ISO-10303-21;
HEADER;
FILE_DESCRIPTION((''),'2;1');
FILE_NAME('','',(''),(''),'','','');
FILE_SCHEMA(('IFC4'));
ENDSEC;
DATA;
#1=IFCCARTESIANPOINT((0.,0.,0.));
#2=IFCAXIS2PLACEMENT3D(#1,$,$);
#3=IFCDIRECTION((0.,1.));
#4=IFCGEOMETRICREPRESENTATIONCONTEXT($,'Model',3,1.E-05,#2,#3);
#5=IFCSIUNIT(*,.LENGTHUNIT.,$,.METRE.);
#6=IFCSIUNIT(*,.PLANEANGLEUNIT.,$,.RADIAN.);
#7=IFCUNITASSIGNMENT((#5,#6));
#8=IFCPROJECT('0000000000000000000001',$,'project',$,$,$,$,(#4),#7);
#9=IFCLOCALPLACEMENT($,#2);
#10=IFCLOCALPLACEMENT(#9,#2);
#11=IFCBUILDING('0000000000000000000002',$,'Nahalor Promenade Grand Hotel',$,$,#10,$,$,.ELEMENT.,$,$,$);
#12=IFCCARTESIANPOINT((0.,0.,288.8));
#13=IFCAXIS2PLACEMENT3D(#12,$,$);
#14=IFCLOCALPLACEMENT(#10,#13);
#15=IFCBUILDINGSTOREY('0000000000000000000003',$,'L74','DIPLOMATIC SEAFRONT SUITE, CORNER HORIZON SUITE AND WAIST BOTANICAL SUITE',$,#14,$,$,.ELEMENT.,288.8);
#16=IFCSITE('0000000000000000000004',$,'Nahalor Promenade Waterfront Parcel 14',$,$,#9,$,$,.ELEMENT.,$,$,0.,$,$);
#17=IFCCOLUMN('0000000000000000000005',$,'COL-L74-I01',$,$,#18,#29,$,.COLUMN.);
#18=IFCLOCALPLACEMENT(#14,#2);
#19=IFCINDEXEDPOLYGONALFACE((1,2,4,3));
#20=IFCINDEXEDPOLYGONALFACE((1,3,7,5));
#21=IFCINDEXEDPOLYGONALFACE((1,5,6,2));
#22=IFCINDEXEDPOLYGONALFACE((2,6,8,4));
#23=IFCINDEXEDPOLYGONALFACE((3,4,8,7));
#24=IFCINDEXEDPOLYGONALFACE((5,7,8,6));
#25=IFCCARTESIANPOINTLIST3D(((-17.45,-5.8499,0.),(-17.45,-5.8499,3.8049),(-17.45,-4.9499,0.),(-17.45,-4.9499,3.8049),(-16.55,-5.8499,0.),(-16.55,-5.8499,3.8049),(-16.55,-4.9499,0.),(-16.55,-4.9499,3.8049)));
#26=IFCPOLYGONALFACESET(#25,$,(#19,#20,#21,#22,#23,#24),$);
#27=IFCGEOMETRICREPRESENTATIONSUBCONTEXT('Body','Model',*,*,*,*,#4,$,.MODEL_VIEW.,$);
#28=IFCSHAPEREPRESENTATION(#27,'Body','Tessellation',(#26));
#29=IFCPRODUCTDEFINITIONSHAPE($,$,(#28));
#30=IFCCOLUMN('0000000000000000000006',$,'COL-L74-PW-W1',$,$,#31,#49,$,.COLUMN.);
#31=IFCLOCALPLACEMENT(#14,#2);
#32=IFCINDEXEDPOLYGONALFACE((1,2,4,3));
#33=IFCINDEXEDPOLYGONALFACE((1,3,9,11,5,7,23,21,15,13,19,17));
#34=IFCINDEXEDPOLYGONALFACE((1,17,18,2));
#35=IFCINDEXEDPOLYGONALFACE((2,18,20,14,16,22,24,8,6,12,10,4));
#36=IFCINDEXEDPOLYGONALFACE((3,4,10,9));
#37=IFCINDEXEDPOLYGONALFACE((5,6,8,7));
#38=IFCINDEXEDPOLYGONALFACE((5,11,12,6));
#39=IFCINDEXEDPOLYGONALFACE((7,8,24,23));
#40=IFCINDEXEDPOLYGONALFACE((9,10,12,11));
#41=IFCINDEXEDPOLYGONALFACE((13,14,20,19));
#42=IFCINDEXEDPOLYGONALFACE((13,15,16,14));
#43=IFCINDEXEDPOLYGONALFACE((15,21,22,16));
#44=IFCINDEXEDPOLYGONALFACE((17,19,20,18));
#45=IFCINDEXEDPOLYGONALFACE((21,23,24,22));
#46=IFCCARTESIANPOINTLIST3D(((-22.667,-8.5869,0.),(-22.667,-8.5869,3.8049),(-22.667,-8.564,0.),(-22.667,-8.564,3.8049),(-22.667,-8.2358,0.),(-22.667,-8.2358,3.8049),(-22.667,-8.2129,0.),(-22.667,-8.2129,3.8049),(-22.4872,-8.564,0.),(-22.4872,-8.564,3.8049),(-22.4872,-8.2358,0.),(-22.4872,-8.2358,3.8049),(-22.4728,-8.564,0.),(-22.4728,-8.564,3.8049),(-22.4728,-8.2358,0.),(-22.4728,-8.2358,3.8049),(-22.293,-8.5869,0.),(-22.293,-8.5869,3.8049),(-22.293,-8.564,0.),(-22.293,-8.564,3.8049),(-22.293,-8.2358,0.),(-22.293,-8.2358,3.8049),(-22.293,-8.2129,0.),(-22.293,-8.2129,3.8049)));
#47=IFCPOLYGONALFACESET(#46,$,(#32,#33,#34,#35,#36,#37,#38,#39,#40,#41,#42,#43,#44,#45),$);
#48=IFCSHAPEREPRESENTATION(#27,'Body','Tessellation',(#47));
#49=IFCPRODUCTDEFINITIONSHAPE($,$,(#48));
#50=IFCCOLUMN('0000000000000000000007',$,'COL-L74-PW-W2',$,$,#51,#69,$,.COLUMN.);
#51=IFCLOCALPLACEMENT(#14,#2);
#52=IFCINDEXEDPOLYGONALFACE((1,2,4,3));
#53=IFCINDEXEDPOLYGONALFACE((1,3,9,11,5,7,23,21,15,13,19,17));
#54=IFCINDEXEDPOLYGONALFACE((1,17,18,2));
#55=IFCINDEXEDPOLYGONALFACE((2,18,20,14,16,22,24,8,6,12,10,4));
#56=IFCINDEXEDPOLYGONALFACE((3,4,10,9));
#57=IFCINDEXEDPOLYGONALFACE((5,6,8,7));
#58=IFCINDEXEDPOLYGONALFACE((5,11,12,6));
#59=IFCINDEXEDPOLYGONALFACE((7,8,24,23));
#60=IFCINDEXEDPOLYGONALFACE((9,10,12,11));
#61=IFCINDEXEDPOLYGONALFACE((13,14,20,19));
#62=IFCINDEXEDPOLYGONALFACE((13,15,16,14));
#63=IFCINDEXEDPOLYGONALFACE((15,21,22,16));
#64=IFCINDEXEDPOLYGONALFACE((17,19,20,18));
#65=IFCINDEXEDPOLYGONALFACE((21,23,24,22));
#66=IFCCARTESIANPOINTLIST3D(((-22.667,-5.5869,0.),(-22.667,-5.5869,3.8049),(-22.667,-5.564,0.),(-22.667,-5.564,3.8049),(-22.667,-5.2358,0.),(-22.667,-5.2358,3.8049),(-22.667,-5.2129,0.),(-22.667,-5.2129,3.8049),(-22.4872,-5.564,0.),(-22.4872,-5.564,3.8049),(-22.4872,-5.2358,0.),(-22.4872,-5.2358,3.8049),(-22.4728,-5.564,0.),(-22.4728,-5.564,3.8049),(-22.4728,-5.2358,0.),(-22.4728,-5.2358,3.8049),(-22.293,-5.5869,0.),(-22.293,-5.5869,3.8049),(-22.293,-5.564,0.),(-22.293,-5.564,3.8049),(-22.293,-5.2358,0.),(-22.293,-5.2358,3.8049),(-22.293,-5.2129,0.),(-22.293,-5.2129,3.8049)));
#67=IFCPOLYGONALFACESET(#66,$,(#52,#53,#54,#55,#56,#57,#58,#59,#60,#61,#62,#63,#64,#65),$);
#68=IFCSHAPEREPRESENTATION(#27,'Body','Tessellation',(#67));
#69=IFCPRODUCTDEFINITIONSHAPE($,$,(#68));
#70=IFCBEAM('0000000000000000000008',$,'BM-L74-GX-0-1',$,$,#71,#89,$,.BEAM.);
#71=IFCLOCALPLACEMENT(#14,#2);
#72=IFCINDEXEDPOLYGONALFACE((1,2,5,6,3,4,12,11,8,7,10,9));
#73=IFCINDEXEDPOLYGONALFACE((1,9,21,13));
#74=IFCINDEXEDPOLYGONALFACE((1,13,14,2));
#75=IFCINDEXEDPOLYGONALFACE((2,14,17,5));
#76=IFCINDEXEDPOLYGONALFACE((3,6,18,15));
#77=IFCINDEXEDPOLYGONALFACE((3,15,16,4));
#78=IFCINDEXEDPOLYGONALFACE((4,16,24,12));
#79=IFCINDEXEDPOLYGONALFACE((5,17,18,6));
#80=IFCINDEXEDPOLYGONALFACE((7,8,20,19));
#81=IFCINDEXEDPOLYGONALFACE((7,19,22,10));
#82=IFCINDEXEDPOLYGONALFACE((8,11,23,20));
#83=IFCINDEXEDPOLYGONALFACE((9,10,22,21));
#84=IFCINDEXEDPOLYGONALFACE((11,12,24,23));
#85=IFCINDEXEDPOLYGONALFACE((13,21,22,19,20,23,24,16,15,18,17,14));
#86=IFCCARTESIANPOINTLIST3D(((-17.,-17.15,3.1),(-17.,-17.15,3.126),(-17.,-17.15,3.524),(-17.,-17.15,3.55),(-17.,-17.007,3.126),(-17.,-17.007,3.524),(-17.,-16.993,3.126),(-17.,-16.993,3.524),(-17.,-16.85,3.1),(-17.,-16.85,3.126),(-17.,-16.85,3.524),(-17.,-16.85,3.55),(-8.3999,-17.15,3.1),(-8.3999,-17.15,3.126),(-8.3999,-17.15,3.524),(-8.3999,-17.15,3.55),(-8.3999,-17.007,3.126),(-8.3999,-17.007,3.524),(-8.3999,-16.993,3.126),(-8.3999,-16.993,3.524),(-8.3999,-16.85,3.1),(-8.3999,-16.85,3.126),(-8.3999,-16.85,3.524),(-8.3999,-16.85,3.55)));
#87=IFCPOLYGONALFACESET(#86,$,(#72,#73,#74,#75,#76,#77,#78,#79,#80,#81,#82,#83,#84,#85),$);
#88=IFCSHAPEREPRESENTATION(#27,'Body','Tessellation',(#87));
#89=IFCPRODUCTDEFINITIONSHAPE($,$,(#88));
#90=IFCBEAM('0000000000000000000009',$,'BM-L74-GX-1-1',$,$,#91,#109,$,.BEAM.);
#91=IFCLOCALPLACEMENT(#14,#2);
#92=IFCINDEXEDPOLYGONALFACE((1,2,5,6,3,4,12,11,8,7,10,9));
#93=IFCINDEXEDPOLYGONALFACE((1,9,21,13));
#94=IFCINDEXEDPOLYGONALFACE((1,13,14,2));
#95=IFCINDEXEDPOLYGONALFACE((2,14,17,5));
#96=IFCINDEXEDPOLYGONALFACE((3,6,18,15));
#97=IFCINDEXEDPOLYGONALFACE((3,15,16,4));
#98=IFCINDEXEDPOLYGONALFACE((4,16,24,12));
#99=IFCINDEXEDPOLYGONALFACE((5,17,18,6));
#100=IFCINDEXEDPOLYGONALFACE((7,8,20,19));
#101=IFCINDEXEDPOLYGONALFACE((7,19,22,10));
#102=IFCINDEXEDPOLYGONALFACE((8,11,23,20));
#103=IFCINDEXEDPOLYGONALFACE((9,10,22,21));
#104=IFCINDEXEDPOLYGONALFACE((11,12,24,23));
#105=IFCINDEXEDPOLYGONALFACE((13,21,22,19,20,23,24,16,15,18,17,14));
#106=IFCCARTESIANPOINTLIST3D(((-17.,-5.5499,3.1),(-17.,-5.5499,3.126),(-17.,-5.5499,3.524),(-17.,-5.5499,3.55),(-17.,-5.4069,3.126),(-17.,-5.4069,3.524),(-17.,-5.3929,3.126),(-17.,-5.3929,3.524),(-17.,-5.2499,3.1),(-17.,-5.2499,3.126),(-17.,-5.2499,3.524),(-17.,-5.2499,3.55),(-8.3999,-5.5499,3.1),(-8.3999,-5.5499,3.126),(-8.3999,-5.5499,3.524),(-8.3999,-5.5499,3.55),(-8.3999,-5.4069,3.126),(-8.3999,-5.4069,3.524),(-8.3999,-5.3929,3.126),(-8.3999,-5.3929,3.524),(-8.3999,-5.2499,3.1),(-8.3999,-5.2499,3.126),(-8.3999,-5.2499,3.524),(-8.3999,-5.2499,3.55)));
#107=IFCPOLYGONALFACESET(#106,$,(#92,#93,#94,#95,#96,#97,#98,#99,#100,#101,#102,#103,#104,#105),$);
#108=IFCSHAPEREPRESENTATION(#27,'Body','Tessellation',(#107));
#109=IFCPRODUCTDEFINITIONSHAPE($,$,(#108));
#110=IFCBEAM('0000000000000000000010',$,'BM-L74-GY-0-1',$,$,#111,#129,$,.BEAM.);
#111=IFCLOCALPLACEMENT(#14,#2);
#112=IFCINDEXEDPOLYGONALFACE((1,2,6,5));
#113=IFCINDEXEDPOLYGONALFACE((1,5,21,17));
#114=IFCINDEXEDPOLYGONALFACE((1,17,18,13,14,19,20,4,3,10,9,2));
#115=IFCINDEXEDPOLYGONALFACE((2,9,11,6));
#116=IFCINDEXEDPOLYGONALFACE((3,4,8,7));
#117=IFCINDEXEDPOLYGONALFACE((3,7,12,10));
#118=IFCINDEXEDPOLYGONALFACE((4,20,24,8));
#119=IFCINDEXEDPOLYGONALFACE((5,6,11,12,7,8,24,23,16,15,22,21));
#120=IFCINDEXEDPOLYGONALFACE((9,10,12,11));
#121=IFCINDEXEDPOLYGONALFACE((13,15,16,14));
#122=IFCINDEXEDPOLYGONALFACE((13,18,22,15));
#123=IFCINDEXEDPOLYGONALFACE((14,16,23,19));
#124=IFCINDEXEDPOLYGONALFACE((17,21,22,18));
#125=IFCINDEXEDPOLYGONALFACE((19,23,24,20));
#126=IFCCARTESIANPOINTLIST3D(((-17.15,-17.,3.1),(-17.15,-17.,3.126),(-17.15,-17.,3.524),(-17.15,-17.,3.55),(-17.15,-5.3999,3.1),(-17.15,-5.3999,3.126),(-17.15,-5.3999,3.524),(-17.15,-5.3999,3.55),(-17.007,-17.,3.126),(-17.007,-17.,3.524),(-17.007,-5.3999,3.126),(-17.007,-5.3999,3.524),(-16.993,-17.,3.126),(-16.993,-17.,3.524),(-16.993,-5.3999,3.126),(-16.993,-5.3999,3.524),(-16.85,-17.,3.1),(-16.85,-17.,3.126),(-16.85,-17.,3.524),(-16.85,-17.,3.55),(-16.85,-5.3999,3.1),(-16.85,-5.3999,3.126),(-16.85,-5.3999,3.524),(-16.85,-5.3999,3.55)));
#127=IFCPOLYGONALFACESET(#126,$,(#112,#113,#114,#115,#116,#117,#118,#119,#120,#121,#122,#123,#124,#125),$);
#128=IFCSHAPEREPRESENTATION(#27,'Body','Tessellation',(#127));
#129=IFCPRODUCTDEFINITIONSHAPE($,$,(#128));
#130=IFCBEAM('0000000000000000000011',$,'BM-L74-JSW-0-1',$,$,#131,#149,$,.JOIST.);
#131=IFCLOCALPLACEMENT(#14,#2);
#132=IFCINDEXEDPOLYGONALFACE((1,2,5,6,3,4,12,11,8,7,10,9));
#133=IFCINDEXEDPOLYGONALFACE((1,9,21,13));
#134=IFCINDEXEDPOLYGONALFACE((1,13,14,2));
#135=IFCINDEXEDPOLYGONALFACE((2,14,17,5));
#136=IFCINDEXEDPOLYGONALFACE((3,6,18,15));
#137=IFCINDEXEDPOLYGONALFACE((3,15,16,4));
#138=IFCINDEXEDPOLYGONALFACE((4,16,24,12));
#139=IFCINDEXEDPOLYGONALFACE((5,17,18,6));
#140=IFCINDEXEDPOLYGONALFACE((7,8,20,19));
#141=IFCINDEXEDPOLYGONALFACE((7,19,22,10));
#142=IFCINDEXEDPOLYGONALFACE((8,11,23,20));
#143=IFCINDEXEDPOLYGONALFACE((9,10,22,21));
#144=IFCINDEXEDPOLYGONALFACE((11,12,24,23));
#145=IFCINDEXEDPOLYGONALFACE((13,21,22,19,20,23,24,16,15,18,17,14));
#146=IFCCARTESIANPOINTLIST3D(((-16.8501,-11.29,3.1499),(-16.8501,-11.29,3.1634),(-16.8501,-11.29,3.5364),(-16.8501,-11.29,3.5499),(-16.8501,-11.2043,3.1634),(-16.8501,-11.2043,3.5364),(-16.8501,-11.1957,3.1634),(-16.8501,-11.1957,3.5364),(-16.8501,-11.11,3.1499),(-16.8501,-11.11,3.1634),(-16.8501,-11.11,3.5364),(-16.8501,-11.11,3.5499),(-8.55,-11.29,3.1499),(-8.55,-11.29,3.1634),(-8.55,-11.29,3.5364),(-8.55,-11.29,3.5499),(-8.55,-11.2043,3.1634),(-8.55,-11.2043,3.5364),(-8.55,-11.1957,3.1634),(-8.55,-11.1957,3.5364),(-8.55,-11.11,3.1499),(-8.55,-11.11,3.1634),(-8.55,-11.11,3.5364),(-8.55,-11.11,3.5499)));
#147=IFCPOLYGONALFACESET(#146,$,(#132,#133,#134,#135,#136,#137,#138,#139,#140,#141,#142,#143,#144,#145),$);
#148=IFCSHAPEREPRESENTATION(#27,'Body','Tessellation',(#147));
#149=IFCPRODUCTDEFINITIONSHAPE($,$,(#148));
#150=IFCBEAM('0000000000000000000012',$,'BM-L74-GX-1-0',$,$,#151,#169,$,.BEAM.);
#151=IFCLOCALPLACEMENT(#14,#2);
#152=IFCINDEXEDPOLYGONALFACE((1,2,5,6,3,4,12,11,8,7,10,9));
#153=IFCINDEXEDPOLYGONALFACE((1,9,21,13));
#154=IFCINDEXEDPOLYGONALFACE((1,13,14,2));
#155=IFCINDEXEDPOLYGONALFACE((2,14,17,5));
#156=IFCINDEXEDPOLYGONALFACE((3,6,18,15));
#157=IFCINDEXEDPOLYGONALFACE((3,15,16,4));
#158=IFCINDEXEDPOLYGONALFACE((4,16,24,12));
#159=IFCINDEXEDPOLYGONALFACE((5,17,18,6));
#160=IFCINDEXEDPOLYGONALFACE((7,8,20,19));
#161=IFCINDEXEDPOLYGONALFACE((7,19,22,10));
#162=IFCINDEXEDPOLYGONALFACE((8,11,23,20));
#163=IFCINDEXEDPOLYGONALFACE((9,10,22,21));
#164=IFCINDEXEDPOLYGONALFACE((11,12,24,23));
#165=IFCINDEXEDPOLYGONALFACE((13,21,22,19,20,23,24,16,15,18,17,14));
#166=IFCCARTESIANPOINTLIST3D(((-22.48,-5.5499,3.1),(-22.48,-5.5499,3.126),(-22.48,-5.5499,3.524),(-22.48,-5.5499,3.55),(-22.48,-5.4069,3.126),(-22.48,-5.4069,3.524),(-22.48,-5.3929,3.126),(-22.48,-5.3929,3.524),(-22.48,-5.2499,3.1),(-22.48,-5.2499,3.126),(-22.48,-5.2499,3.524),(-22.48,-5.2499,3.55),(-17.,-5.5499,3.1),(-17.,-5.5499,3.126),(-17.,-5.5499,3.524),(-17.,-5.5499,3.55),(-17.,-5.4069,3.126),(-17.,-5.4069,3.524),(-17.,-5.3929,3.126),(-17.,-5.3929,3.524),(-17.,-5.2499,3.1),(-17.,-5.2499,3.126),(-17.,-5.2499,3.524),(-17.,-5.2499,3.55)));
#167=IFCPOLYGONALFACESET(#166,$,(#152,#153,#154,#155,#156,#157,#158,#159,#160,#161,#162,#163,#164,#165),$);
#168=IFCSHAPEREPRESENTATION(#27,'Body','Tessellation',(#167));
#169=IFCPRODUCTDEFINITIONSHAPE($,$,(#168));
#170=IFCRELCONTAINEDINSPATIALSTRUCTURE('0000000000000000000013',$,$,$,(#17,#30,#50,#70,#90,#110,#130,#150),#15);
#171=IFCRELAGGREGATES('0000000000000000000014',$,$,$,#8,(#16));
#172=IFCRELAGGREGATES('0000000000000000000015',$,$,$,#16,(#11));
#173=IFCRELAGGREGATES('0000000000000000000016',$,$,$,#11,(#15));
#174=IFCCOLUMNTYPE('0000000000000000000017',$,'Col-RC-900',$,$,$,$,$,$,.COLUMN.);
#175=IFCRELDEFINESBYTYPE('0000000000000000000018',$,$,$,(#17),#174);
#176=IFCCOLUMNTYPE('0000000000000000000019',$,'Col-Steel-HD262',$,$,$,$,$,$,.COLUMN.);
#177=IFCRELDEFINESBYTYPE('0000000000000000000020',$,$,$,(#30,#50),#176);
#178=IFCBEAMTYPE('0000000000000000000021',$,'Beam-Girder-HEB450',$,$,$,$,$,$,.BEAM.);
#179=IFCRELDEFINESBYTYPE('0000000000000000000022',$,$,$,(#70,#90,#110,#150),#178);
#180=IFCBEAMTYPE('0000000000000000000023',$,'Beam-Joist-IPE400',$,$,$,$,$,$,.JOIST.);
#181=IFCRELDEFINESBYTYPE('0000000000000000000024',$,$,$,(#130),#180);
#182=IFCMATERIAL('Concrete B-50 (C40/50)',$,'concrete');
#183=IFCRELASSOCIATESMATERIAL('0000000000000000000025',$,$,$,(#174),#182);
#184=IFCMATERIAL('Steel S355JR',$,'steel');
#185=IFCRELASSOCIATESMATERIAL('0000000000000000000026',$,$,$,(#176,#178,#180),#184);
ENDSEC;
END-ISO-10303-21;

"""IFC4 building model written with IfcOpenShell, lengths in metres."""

from ifc_helpers import new_model, si_unit, direction, frame, origin, origin_2d, place, context, subcontext, project, spatial, rectangle, i_section, extrude, source, transform, mapped, material, material_profile, profile_set, type_object, element, save


model = new_model("IFC4")

# Units and contexts
model_context = context("Model", 3, precision=1e-05, world=origin(), true_north=direction((0.0, 1.0)))
body_context = subcontext(model_context, "Body", "Model", "MODEL_VIEW")
ifc_project = project(units=[si_unit("LENGTHUNIT", "METRE"), si_unit("PLANEANGLEUNIT", "RADIAN")], contexts=[model_context])

# Site, building, storey
site_placement = place(None, origin())
site = spatial("IfcSite", under=ifc_project, at=site_placement, Name="Nahalor Promenade Waterfront Parcel 14", CompositionType="ELEMENT", RefElevation=0.0)
building_placement = place(site_placement, origin())
building = spatial("IfcBuilding", under=site, at=building_placement, Name="Nahalor Promenade Grand Hotel", CompositionType="ELEMENT")
storey_placement = place(building_placement, frame((0.0, 0.0, 288.8)))
storey = spatial("IfcBuildingStorey", under=building, at=storey_placement, Name="L74", Description="DIPLOMATIC SEAFRONT SUITE, CORNER HORIZON SUITE AND WAIST BOTANICAL SUITE", CompositionType="ELEMENT", Elevation=288.8)

# Columns
ifc_material_1 = material(Name="Concrete B-50 (C40/50)", Category="concrete")
ifc_material_profile_1 = material_profile(ifc_material_1, rectangle(XDim=0.9, YDim=0.9, at=origin_2d()), Name="RC 900x900")
ifc_profile_set_1 = profile_set([ifc_material_profile_1], Name="Concrete B-50 (C40/50)")
column_type_1 = type_object("IfcColumnType", Name="Col-RC-900", PredefinedType="COLUMN", material=ifc_profile_set_1)
shared_shape_1 = source(origin(), body_context, "Body", "SweptSolid", [
    extrude(rectangle(XDim=0.9, YDim=0.9, at=origin_2d()), origin(), (0.0, 0.0, 1.0), 3.8049),
])
column_placement = place(storey_placement, frame((-17.0, -5.3999, 0.0), z_axis=(0.0, 0.0, 1.0), x_axis=(1.0, 0.0, 0.0)))
element("IfcColumn", 1, at=column_placement, inside=storey, type_object=column_type_1, Name="COL-L74-I01", PredefinedType="COLUMN", context=body_context, shape_type="MappedRepresentation", body=[
    mapped(shared_shape_1, transform((0.0, 0.0, 0.0), scale=1.0)),
])
ifc_material_2 = material(Name="Steel S355JR", Category="steel")
ifc_material_profile_2 = material_profile(ifc_material_2, i_section(OverallWidth=0.374, OverallDepth=0.374, WebThickness=0.0144, FlangeThickness=0.0229, at=origin_2d()), Name="HD 360x262")
ifc_profile_set_2 = profile_set([ifc_material_profile_2], Name="Steel S355JR")
column_type_2 = type_object("IfcColumnType", Name="Col-Steel-HD262", PredefinedType="COLUMN", material=ifc_profile_set_2)
shared_shape_2 = source(origin(), body_context, "Body", "SweptSolid", [
    extrude(i_section(OverallWidth=0.374, OverallDepth=0.374, WebThickness=0.0144, FlangeThickness=0.0229, at=origin_2d()), origin(), (0.0, 0.0, 1.0), 3.8049),
])
for number, where, z_axis, x_axis, name in (
    (2, (-22.48, -8.3999, 0.0), (0.0, 0.0, 1.0), (1.0, 0.0, 0.0), "COL-L74-PW-W1"),
    (3, (-22.48, -5.3999, 0.0), (0.0, 0.0, 1.0), (1.0, 0.0, 0.0), "COL-L74-PW-W2"),
):
    element("IfcColumn", number, at=place(storey_placement, frame(where, z_axis=z_axis, x_axis=x_axis)), inside=storey, type_object=column_type_2, Name=name, PredefinedType="COLUMN", context=body_context, shape_type="MappedRepresentation", body=[
        mapped(shared_shape_2, transform((0.0, 0.0, 0.0), scale=1.0)),
    ])

# Beams
ifc_material_profile_3 = material_profile(ifc_material_2, i_section(OverallWidth=0.3, OverallDepth=0.45, WebThickness=0.014, FlangeThickness=0.026, at=origin_2d()), Name="HEB 450")
ifc_profile_set_3 = profile_set([ifc_material_profile_3], Name="Steel S355JR")
beam_type_1 = type_object("IfcBeamType", Name="Beam-Girder-HEB450", PredefinedType="BEAM", material=ifc_profile_set_3)
shared_shape_3 = source(origin(), body_context, "Body", "SweptSolid", [
    extrude(i_section(OverallWidth=0.3, OverallDepth=0.45, WebThickness=0.014, FlangeThickness=0.026, at=origin_2d()), origin(), (0.0, 0.0, 1.0), 8.6001),
])
for number, where, z_axis, x_axis, name in (
    (4, (-17.0, -17.0, 3.325), (1.0, 0.0, 0.0), (0.0, 1.0, 0.0), "BM-L74-GX-0-1"),
    (5, (-17.0, -5.3999, 3.325), (1.0, 0.0, 0.0), (0.0, 1.0, 0.0), "BM-L74-GX-1-1"),
):
    element("IfcBeam", number, at=place(storey_placement, frame(where, z_axis=z_axis, x_axis=x_axis)), inside=storey, type_object=beam_type_1, Name=name, PredefinedType="BEAM", context=body_context, shape_type="MappedRepresentation", body=[
        mapped(shared_shape_3, transform((0.0, 0.0, 0.0), scale=1.0)),
    ])
shared_shape_4 = source(origin(), body_context, "Body", "SweptSolid", [
    extrude(i_section(OverallWidth=0.3, OverallDepth=0.45, WebThickness=0.014, FlangeThickness=0.026, at=origin_2d()), origin(), (0.0, 0.0, 1.0), 11.6001),
])
beam_1_placement = place(storey_placement, frame((-17.0, -17.0, 3.325), z_axis=(0.0, 1.0, 0.0), x_axis=(-1.0, 0.0, 0.0)))
element("IfcBeam", 6, at=beam_1_placement, inside=storey, type_object=beam_type_1, Name="BM-L74-GY-0-1", PredefinedType="BEAM", context=body_context, shape_type="MappedRepresentation", body=[
    mapped(shared_shape_4, transform((0.0, 0.0, 0.0), scale=1.0)),
])
ifc_material_profile_4 = material_profile(ifc_material_2, i_section(OverallWidth=0.18, OverallDepth=0.4, WebThickness=0.0086, FlangeThickness=0.0135, at=origin_2d()), Name="IPE 400")
ifc_profile_set_4 = profile_set([ifc_material_profile_4], Name="Steel S355JR")
beam_type_2 = type_object("IfcBeamType", Name="Beam-Joist-IPE400", PredefinedType="JOIST", material=ifc_profile_set_4)
shared_shape_5 = source(origin(), body_context, "Body", "SweptSolid", [
    extrude(i_section(OverallWidth=0.18, OverallDepth=0.4, WebThickness=0.0086, FlangeThickness=0.0135, at=origin_2d()), origin(), (0.0, 0.0, 1.0), 8.3),
])
beam_2_placement = place(storey_placement, frame((-16.8501, -11.2, 3.3499), z_axis=(1.0, 0.0, 0.0), x_axis=(0.0, 1.0, 0.0)))
element("IfcBeam", 7, at=beam_2_placement, inside=storey, type_object=beam_type_2, Name="BM-L74-JSW-0-1", PredefinedType="JOIST", context=body_context, shape_type="MappedRepresentation", body=[
    mapped(shared_shape_5, transform((0.0, 0.0, 0.0), scale=1.0)),
])
shared_shape_6 = source(origin(), body_context, "Body", "SweptSolid", [
    extrude(i_section(OverallWidth=0.3, OverallDepth=0.45, WebThickness=0.014, FlangeThickness=0.026, at=origin_2d()), origin(), (0.0, 0.0, 1.0), 5.48),
])
beam_3_placement = place(storey_placement, frame((-22.48, -5.3999, 3.325), z_axis=(1.0, 0.0, 0.0), x_axis=(0.0, 1.0, 0.0)))
element("IfcBeam", 8, at=beam_3_placement, inside=storey, type_object=beam_type_1, Name="BM-L74-GX-1-0", PredefinedType="BEAM", context=body_context, shape_type="MappedRepresentation", body=[
    mapped(shared_shape_6, transform((0.0, 0.0, 0.0), scale=1.0)),
])

save(model, "model.ifc")
